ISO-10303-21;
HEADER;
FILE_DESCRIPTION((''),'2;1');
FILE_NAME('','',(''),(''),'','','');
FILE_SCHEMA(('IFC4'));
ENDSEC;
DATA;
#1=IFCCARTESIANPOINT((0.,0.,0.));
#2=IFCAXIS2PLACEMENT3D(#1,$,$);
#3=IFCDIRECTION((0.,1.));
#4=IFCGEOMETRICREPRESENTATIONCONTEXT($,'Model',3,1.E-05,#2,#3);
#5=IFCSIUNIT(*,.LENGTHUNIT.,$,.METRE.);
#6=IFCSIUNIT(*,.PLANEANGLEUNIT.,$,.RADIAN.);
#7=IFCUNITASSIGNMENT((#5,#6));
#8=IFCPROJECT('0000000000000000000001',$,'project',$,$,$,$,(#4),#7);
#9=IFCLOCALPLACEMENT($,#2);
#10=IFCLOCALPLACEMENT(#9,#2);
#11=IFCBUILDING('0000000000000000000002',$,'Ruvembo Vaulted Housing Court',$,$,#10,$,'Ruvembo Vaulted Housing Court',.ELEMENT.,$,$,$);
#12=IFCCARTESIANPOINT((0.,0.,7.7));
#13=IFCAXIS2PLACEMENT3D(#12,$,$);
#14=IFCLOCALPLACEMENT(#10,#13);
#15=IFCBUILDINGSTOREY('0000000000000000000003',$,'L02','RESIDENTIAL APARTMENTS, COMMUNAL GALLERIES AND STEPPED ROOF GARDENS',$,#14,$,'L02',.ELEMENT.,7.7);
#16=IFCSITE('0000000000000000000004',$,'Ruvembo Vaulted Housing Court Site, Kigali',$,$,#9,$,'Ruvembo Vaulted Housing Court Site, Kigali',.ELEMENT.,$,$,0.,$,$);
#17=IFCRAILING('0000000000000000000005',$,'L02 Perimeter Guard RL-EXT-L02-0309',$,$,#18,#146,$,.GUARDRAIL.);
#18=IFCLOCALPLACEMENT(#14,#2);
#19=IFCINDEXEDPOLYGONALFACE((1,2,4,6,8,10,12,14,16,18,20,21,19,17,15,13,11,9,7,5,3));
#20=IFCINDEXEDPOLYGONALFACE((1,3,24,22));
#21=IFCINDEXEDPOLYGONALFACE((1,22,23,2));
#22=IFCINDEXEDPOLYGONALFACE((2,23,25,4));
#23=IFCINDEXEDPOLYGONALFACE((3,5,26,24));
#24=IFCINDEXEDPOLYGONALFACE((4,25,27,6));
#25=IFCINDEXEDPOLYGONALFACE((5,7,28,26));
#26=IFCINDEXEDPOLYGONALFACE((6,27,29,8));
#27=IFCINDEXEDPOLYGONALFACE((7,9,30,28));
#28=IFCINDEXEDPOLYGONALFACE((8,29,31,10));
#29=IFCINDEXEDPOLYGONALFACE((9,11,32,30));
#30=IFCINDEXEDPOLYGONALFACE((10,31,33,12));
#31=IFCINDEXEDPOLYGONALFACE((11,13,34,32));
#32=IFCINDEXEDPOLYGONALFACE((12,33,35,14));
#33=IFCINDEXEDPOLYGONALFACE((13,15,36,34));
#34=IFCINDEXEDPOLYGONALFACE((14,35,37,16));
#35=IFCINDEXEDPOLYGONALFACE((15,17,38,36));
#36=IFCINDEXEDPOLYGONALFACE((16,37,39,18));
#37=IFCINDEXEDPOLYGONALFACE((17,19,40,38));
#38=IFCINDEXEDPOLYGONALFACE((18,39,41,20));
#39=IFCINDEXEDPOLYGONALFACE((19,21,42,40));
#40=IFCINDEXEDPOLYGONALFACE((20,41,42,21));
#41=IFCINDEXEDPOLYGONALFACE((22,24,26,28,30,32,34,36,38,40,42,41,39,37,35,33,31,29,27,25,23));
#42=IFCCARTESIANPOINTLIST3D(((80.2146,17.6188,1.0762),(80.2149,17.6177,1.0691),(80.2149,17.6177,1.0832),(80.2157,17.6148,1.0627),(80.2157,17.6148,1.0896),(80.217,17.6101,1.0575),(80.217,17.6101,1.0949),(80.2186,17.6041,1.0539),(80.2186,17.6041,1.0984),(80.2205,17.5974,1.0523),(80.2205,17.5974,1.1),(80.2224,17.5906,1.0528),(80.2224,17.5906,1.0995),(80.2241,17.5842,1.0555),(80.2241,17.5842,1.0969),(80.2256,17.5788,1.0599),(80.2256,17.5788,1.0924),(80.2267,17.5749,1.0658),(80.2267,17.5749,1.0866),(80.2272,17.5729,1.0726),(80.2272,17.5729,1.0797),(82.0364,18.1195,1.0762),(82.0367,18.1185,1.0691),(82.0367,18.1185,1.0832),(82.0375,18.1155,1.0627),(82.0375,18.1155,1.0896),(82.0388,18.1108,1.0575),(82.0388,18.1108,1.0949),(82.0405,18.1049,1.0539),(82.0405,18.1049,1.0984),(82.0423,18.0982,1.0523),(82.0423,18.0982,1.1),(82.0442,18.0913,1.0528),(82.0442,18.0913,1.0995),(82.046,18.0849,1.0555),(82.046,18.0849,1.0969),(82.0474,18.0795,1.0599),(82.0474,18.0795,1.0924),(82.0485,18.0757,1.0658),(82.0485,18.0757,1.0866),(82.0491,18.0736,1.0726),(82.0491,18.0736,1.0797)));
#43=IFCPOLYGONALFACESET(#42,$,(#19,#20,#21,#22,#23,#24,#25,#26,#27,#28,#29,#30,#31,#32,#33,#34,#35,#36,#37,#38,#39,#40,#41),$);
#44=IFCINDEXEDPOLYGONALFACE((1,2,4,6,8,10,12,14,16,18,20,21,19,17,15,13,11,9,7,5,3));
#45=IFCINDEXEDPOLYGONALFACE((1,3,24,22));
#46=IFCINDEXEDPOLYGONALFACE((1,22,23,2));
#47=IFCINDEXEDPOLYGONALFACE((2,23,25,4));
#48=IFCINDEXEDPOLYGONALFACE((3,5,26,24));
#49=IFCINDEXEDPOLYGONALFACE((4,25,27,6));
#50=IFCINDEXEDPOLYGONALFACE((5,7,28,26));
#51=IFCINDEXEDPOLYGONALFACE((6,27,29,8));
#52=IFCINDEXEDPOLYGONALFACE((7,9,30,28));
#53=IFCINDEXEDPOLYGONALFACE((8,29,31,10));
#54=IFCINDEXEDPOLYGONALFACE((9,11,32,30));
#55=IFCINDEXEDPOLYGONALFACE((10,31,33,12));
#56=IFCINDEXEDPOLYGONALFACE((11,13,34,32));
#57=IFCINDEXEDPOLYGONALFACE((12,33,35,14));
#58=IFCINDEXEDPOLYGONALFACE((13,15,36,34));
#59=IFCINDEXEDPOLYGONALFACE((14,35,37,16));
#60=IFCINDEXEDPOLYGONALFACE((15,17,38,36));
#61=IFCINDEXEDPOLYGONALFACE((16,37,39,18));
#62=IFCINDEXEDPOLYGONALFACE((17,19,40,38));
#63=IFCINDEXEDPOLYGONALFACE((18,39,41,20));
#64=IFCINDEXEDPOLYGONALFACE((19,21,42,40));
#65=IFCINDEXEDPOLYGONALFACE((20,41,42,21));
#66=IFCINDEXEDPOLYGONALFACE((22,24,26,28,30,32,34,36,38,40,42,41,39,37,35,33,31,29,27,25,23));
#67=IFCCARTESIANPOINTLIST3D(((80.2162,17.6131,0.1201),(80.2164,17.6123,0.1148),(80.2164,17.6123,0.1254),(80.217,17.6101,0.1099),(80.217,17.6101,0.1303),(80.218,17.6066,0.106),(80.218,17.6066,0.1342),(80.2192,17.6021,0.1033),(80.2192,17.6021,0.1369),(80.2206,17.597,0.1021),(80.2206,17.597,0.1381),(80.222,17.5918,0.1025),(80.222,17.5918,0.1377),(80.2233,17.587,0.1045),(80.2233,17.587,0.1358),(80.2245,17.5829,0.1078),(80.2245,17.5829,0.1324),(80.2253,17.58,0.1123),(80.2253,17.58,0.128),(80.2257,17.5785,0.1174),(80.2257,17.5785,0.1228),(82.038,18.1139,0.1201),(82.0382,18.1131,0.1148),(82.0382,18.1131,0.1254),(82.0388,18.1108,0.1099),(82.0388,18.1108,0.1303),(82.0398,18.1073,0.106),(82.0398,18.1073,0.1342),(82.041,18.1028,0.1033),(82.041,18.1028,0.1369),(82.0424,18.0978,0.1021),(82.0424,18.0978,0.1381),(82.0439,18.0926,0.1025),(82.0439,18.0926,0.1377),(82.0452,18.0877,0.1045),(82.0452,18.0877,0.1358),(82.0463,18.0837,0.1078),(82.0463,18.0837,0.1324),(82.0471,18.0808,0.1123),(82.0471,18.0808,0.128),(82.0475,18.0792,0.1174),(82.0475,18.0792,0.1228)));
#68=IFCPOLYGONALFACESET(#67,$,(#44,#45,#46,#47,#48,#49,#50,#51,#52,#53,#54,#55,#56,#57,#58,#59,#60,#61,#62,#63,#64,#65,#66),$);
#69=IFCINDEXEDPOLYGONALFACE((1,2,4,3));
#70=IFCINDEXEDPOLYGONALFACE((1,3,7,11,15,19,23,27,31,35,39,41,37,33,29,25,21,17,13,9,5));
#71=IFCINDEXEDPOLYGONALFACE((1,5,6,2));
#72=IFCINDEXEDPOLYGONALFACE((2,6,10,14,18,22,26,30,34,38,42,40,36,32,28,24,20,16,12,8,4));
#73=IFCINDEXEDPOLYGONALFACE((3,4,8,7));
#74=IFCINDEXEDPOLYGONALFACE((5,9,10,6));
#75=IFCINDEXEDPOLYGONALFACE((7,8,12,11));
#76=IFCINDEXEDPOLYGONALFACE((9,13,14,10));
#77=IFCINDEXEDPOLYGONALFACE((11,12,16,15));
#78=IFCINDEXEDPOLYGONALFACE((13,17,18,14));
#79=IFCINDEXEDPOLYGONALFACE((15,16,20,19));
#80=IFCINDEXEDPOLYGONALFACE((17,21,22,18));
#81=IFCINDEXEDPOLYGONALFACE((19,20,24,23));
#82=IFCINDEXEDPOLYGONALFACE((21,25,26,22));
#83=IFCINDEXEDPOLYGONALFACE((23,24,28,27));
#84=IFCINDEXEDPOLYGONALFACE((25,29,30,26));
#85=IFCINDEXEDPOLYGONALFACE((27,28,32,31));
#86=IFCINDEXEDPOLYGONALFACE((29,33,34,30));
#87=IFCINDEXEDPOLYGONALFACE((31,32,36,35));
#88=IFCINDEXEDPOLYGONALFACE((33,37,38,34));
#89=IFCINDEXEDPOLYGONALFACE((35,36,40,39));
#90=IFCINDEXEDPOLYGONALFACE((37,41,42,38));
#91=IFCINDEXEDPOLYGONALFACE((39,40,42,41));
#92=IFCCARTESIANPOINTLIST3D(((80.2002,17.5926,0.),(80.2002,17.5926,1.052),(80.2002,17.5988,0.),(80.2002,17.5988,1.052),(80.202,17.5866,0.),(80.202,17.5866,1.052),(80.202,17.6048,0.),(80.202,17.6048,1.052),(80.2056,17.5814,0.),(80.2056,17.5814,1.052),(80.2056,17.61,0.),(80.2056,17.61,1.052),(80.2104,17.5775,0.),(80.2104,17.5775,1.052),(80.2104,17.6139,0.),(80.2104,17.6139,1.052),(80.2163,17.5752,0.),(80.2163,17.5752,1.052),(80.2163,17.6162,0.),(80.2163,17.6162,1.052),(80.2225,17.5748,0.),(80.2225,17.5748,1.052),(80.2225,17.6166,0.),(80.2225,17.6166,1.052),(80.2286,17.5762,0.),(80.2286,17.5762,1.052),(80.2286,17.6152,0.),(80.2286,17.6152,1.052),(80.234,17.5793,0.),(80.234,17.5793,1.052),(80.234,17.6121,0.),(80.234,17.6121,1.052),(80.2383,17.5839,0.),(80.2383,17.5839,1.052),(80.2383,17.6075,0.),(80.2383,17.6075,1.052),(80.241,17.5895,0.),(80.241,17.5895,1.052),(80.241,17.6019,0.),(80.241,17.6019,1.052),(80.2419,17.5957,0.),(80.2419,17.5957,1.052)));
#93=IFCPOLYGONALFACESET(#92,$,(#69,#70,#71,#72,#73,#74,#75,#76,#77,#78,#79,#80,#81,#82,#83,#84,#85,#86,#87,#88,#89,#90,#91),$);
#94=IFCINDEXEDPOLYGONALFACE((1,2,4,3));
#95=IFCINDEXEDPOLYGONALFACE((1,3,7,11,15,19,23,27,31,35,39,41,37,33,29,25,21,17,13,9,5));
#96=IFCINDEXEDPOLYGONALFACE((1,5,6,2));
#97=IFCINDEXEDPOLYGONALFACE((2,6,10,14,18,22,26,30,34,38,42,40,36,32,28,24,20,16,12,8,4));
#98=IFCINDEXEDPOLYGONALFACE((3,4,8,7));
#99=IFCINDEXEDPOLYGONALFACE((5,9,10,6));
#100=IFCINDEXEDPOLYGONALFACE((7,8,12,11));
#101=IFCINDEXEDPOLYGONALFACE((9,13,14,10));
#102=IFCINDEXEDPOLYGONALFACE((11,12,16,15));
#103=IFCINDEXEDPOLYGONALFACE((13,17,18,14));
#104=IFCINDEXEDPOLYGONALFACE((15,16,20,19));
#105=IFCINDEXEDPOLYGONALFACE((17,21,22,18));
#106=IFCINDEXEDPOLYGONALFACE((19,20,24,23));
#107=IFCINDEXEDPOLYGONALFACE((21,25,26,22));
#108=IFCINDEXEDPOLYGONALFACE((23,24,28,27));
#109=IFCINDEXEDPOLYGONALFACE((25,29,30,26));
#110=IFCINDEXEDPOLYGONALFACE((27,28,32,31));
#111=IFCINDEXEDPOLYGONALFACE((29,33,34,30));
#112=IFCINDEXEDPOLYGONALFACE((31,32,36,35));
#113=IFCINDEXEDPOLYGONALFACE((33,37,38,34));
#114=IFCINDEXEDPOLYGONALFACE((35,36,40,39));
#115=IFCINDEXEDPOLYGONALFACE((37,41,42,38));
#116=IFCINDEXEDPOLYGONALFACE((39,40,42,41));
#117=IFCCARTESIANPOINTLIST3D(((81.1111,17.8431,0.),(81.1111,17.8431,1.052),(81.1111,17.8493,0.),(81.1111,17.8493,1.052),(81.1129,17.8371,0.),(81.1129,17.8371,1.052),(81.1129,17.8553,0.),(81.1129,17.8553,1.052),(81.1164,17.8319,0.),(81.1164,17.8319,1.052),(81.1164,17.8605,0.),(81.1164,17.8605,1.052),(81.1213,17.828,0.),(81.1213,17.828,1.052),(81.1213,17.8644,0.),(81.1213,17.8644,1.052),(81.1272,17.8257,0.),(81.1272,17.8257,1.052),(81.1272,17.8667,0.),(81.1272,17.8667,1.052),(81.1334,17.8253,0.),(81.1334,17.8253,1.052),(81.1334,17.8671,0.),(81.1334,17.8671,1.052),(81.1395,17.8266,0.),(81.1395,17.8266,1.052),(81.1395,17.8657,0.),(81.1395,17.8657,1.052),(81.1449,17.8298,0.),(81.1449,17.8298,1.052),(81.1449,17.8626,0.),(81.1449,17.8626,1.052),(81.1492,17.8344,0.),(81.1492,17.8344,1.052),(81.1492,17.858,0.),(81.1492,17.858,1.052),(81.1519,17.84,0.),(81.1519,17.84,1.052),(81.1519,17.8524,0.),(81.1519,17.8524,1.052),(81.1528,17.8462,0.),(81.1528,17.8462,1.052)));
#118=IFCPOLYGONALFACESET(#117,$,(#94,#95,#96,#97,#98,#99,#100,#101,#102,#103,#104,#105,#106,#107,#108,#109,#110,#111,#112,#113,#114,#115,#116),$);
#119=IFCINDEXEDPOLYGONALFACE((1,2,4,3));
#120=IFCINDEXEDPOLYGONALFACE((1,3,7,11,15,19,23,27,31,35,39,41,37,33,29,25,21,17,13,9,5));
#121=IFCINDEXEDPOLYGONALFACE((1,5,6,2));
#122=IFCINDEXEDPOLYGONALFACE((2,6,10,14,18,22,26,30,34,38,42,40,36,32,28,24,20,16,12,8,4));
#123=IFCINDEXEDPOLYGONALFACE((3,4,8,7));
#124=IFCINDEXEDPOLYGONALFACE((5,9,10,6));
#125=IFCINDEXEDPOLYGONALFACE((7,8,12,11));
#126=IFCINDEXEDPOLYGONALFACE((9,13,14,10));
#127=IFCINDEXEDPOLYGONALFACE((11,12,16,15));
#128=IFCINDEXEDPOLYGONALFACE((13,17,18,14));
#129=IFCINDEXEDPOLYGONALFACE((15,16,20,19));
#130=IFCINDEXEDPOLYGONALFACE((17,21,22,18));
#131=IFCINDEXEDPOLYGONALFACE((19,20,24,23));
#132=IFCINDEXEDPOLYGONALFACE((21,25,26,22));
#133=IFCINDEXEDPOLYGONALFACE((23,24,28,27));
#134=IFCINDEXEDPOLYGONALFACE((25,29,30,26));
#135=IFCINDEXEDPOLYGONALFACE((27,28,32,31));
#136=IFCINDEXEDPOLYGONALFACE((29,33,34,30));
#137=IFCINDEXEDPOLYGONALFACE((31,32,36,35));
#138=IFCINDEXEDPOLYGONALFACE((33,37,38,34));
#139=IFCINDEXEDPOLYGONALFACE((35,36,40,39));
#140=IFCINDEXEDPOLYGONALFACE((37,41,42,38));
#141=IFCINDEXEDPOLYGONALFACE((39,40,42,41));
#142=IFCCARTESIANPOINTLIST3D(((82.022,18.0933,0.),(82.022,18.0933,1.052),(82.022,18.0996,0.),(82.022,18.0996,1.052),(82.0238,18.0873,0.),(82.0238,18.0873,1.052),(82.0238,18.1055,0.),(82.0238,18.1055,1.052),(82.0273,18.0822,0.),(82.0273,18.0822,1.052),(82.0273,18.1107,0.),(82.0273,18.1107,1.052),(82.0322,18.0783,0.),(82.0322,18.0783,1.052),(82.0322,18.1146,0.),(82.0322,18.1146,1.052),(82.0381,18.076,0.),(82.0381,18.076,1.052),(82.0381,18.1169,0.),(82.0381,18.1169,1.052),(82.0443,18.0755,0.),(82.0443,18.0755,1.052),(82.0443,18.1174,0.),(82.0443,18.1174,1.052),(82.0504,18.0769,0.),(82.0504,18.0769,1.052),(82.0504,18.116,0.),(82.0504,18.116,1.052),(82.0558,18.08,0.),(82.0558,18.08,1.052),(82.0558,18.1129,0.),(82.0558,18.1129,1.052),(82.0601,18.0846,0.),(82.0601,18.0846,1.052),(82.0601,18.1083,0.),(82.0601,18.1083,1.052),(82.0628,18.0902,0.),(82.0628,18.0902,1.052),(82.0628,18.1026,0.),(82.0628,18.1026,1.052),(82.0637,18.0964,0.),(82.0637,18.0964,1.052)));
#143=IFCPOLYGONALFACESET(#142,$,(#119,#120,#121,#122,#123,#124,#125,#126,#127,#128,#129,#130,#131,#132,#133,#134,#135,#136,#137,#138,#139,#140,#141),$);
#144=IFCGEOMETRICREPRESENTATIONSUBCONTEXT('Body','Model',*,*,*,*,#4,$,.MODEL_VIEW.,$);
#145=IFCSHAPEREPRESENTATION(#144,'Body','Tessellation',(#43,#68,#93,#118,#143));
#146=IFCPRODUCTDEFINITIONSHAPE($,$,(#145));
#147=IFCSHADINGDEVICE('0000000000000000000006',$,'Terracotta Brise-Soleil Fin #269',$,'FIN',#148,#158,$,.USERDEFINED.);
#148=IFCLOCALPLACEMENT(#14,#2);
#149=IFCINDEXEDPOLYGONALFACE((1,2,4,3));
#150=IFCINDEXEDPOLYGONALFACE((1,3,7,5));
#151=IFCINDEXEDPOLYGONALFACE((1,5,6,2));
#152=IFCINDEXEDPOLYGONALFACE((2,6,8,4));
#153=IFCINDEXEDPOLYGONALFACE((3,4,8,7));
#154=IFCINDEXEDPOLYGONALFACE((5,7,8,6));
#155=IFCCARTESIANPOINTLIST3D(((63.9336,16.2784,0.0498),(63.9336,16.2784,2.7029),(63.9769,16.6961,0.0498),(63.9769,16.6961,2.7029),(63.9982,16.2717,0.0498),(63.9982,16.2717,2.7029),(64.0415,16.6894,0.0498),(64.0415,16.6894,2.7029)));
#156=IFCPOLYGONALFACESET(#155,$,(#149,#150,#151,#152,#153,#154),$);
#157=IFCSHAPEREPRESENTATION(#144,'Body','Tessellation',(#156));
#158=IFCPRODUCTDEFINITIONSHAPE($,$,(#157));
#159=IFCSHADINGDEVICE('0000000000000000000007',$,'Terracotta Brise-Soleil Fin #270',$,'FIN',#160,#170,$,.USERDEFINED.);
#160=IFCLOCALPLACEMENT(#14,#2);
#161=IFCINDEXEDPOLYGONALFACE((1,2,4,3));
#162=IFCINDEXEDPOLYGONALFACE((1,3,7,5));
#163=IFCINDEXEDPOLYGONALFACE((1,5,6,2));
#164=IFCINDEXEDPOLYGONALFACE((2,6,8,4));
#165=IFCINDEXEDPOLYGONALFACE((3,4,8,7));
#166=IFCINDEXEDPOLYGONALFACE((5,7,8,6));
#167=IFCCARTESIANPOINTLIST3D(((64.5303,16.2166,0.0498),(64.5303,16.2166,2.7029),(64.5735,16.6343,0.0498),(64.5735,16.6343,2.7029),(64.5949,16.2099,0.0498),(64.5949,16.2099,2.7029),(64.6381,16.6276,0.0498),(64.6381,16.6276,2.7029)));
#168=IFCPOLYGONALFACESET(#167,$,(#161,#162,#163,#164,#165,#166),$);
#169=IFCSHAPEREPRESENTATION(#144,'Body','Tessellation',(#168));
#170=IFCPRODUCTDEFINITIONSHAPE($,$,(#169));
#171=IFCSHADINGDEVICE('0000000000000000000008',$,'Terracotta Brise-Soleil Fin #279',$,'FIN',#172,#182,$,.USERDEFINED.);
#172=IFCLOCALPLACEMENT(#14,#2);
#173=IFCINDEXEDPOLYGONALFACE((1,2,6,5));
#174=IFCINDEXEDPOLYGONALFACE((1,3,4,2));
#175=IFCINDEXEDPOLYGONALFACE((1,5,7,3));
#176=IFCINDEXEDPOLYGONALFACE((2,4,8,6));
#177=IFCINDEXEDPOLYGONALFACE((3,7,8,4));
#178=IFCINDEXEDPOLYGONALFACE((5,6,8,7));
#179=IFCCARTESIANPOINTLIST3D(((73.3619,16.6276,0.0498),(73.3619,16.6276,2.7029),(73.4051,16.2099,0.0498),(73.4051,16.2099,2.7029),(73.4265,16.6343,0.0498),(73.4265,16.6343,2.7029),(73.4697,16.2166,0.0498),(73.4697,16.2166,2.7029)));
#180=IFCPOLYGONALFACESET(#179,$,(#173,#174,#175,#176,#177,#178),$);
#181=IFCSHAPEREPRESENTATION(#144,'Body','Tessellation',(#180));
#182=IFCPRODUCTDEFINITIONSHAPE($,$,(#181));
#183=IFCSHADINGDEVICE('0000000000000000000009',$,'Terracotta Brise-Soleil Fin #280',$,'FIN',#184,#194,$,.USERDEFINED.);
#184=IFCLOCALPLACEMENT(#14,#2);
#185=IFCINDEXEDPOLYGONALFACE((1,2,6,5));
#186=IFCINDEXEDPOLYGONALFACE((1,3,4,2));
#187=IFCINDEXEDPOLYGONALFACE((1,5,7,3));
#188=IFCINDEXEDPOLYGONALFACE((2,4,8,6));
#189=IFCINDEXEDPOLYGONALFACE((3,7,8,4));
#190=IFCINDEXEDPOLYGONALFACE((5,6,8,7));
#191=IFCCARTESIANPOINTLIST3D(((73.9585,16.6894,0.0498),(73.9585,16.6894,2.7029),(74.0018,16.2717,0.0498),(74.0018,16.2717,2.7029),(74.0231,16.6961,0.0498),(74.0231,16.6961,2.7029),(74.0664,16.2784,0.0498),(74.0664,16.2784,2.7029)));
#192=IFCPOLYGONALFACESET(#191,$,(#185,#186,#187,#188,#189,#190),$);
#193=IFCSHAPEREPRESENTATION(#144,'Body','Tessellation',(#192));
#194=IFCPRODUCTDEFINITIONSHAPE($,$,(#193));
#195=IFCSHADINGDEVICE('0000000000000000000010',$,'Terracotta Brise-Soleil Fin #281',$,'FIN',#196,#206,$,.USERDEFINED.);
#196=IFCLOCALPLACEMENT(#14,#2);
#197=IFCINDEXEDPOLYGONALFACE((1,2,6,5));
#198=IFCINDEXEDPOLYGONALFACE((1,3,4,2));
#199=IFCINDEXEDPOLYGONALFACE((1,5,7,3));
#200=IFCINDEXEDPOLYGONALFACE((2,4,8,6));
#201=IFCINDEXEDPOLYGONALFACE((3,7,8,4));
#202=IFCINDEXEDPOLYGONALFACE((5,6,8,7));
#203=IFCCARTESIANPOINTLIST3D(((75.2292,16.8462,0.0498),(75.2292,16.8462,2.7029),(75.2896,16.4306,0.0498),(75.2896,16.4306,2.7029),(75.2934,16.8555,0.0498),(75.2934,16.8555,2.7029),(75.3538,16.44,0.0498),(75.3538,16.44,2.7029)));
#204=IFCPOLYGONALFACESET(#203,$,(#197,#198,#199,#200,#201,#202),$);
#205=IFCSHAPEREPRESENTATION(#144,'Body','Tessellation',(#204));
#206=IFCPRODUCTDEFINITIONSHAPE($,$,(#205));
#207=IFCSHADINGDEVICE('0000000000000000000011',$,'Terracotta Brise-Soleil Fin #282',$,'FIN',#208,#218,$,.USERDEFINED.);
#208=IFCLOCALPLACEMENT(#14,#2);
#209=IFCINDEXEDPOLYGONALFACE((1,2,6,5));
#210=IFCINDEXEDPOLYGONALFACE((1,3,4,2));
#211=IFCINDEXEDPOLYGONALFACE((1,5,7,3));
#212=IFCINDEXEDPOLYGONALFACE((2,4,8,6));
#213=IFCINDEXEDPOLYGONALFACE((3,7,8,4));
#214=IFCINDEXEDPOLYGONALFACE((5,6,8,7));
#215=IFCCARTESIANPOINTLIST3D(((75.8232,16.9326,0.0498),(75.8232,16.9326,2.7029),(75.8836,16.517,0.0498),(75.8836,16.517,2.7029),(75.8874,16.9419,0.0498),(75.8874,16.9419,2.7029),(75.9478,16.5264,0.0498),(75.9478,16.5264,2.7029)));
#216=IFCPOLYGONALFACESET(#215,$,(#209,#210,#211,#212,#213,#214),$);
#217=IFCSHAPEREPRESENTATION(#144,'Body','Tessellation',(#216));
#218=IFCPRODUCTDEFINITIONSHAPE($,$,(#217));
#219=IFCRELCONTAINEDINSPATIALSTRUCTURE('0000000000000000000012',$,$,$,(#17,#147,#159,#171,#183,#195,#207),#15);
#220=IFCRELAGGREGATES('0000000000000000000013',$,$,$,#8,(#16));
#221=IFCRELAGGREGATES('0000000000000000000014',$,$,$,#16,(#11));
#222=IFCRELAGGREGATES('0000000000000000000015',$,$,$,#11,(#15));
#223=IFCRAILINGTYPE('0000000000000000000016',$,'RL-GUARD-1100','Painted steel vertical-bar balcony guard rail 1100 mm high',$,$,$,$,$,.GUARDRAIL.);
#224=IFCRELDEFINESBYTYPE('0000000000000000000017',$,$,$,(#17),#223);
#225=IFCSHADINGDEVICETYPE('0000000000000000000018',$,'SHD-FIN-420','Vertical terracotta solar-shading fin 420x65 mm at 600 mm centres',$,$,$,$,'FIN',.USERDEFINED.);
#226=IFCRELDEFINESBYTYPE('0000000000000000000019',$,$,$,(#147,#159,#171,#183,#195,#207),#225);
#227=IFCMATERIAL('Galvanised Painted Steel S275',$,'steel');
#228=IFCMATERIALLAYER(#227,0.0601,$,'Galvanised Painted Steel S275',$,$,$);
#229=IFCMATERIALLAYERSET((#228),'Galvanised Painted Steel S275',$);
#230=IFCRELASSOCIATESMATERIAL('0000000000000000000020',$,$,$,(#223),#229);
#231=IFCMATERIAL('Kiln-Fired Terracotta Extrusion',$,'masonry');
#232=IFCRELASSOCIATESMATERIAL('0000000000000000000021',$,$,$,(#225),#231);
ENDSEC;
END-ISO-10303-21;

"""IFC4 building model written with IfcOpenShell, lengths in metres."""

from ifc_helpers import new_model, si_unit, direction, frame, origin, origin_2d, place, context, subcontext, project, spatial, rectangle, circle, extrude, material, layer, layer_set, type_object, element, save


model = new_model("IFC4")

# Units and contexts
model_context = context("Model", 3, precision=1e-05, world=origin(), true_north=direction((0.0, 1.0)))
body_context = subcontext(model_context, "Body", "Model", "MODEL_VIEW")
ifc_project = project(units=[si_unit("LENGTHUNIT", "METRE"), si_unit("PLANEANGLEUNIT", "RADIAN")], contexts=[model_context])

# Site, building, storey
site_placement = place(None, origin())
site = spatial("IfcSite", under=ifc_project, at=site_placement, Name="Ruvembo Vaulted Housing Court Site, Kigali", LongName="Ruvembo Vaulted Housing Court Site, Kigali", CompositionType="ELEMENT", RefElevation=0.0)
building_placement = place(site_placement, origin())
building = spatial("IfcBuilding", under=site, at=building_placement, Name="Ruvembo Vaulted Housing Court", LongName="Ruvembo Vaulted Housing Court", CompositionType="ELEMENT")
storey_placement = place(building_placement, frame((0.0, 0.0, 7.7)))
storey = spatial("IfcBuildingStorey", under=building, at=storey_placement, Name="L02", Description="RESIDENTIAL APARTMENTS, COMMUNAL GALLERIES AND STEPPED ROOF GARDENS", LongName="L02", CompositionType="ELEMENT", Elevation=7.7)

# Railing
ifc_material_1 = material(Name="Galvanised Painted Steel S275", Category="steel")
ifc_layer = layer(ifc_material_1, 0.0601, Name="Galvanised Painted Steel S275")
ifc_layer_set = layer_set([ifc_layer], Name="Galvanised Painted Steel S275")
railing_type = type_object("IfcRailingType", Name="RL-GUARD-1100", Description="Painted steel vertical-bar balcony guard rail 1100 mm high", PredefinedType="GUARDRAIL", material=ifc_layer_set)
railing_1_placement = place(storey_placement, frame((80.2209, 17.5957, 0.0)))
element("IfcRailing", 1, at=railing_1_placement, inside=storey, type_object=railing_type, Name="L02 Perimeter Guard RL-EXT-L02-0309", PredefinedType="GUARDRAIL", context=body_context, shape_type="SweptSolid", body=[
    extrude(circle(Radius=0.0239, at=origin_2d()), frame((0.0, 0.0, 1.0762), z_axis=(0.96424, 0.26503, 0.0), x_axis=(-0.26503, 0.96424, 0.0)), (0.0, 0.0, 1.0), 1.8894),
    extrude(circle(Radius=0.0181, at=origin_2d()), frame((0.0, 0.0, 0.1201), z_axis=(0.96424, 0.26503, 0.0), x_axis=(-0.26503, 0.96424, 0.0)), (0.0, 0.0, 1.0), 1.8894),
    extrude(circle(Radius=0.021, at=origin_2d()), origin(), (0.0, 0.0, 1.0), 1.052),
    extrude(circle(Radius=0.021, at=origin_2d()), frame((0.9109, 0.2505, 0.0)), (0.0, 0.0, 1.0), 1.052),
    extrude(circle(Radius=0.021, at=origin_2d()), frame((1.8218, 0.5007, 0.0)), (0.0, 0.0, 1.0), 1.052),
])

# Shading devices
ifc_material_2 = material(Name="Kiln-Fired Terracotta Extrusion", Category="masonry")
shading_device_type = type_object("IfcShadingDeviceType", Name="SHD-FIN-420", Description="Vertical terracotta solar-shading fin 420x65 mm at 600 mm centres", ElementType="FIN", PredefinedType="USERDEFINED", material=ifc_material_2)
for number, where, z_axis, x_axis, name in (
    (2, (63.9875, 16.4839, 0.0498), (0.0, 0.0, 1.0), (-0.102949, -0.994687, 0.0), "Terracotta Brise-Soleil Fin #269"),
    (3, (64.5842, 16.4221, 0.0498), (0.0, 0.0, 1.0), (-0.102949, -0.994687, 0.0), "Terracotta Brise-Soleil Fin #270"),
    (4, (73.4158, 16.4221, 0.0498), (0.0, 0.0, 1.0), (0.102949, -0.994687, 0.0), "Terracotta Brise-Soleil Fin #279"),
    (5, (74.0125, 16.4839, 0.0498), (0.0, 0.0, 1.0), (0.102949, -0.994687, 0.0), "Terracotta Brise-Soleil Fin #280"),
    (6, (75.2915, 16.6431, 0.0498), (0.0, 0.0, 1.0), (0.143873, -0.989596, 0.0), "Terracotta Brise-Soleil Fin #281"),
    (7, (75.8855, 16.7295, 0.0498), (0.0, 0.0, 1.0), (0.143873, -0.989596, 0.0), "Terracotta Brise-Soleil Fin #282"),
):
    element("IfcShadingDevice", number, at=place(storey_placement, frame(where, z_axis=z_axis, x_axis=x_axis)), inside=storey, type_object=shading_device_type, Name=name, ObjectType="FIN", PredefinedType="USERDEFINED", context=body_context, shape_type="SweptSolid", body=[
        extrude(rectangle(XDim=0.4199, YDim=0.0649, at=origin_2d()), origin(), (0.0, 0.0, 1.0), 2.6531),
    ])

save(model, "model.ifc")
